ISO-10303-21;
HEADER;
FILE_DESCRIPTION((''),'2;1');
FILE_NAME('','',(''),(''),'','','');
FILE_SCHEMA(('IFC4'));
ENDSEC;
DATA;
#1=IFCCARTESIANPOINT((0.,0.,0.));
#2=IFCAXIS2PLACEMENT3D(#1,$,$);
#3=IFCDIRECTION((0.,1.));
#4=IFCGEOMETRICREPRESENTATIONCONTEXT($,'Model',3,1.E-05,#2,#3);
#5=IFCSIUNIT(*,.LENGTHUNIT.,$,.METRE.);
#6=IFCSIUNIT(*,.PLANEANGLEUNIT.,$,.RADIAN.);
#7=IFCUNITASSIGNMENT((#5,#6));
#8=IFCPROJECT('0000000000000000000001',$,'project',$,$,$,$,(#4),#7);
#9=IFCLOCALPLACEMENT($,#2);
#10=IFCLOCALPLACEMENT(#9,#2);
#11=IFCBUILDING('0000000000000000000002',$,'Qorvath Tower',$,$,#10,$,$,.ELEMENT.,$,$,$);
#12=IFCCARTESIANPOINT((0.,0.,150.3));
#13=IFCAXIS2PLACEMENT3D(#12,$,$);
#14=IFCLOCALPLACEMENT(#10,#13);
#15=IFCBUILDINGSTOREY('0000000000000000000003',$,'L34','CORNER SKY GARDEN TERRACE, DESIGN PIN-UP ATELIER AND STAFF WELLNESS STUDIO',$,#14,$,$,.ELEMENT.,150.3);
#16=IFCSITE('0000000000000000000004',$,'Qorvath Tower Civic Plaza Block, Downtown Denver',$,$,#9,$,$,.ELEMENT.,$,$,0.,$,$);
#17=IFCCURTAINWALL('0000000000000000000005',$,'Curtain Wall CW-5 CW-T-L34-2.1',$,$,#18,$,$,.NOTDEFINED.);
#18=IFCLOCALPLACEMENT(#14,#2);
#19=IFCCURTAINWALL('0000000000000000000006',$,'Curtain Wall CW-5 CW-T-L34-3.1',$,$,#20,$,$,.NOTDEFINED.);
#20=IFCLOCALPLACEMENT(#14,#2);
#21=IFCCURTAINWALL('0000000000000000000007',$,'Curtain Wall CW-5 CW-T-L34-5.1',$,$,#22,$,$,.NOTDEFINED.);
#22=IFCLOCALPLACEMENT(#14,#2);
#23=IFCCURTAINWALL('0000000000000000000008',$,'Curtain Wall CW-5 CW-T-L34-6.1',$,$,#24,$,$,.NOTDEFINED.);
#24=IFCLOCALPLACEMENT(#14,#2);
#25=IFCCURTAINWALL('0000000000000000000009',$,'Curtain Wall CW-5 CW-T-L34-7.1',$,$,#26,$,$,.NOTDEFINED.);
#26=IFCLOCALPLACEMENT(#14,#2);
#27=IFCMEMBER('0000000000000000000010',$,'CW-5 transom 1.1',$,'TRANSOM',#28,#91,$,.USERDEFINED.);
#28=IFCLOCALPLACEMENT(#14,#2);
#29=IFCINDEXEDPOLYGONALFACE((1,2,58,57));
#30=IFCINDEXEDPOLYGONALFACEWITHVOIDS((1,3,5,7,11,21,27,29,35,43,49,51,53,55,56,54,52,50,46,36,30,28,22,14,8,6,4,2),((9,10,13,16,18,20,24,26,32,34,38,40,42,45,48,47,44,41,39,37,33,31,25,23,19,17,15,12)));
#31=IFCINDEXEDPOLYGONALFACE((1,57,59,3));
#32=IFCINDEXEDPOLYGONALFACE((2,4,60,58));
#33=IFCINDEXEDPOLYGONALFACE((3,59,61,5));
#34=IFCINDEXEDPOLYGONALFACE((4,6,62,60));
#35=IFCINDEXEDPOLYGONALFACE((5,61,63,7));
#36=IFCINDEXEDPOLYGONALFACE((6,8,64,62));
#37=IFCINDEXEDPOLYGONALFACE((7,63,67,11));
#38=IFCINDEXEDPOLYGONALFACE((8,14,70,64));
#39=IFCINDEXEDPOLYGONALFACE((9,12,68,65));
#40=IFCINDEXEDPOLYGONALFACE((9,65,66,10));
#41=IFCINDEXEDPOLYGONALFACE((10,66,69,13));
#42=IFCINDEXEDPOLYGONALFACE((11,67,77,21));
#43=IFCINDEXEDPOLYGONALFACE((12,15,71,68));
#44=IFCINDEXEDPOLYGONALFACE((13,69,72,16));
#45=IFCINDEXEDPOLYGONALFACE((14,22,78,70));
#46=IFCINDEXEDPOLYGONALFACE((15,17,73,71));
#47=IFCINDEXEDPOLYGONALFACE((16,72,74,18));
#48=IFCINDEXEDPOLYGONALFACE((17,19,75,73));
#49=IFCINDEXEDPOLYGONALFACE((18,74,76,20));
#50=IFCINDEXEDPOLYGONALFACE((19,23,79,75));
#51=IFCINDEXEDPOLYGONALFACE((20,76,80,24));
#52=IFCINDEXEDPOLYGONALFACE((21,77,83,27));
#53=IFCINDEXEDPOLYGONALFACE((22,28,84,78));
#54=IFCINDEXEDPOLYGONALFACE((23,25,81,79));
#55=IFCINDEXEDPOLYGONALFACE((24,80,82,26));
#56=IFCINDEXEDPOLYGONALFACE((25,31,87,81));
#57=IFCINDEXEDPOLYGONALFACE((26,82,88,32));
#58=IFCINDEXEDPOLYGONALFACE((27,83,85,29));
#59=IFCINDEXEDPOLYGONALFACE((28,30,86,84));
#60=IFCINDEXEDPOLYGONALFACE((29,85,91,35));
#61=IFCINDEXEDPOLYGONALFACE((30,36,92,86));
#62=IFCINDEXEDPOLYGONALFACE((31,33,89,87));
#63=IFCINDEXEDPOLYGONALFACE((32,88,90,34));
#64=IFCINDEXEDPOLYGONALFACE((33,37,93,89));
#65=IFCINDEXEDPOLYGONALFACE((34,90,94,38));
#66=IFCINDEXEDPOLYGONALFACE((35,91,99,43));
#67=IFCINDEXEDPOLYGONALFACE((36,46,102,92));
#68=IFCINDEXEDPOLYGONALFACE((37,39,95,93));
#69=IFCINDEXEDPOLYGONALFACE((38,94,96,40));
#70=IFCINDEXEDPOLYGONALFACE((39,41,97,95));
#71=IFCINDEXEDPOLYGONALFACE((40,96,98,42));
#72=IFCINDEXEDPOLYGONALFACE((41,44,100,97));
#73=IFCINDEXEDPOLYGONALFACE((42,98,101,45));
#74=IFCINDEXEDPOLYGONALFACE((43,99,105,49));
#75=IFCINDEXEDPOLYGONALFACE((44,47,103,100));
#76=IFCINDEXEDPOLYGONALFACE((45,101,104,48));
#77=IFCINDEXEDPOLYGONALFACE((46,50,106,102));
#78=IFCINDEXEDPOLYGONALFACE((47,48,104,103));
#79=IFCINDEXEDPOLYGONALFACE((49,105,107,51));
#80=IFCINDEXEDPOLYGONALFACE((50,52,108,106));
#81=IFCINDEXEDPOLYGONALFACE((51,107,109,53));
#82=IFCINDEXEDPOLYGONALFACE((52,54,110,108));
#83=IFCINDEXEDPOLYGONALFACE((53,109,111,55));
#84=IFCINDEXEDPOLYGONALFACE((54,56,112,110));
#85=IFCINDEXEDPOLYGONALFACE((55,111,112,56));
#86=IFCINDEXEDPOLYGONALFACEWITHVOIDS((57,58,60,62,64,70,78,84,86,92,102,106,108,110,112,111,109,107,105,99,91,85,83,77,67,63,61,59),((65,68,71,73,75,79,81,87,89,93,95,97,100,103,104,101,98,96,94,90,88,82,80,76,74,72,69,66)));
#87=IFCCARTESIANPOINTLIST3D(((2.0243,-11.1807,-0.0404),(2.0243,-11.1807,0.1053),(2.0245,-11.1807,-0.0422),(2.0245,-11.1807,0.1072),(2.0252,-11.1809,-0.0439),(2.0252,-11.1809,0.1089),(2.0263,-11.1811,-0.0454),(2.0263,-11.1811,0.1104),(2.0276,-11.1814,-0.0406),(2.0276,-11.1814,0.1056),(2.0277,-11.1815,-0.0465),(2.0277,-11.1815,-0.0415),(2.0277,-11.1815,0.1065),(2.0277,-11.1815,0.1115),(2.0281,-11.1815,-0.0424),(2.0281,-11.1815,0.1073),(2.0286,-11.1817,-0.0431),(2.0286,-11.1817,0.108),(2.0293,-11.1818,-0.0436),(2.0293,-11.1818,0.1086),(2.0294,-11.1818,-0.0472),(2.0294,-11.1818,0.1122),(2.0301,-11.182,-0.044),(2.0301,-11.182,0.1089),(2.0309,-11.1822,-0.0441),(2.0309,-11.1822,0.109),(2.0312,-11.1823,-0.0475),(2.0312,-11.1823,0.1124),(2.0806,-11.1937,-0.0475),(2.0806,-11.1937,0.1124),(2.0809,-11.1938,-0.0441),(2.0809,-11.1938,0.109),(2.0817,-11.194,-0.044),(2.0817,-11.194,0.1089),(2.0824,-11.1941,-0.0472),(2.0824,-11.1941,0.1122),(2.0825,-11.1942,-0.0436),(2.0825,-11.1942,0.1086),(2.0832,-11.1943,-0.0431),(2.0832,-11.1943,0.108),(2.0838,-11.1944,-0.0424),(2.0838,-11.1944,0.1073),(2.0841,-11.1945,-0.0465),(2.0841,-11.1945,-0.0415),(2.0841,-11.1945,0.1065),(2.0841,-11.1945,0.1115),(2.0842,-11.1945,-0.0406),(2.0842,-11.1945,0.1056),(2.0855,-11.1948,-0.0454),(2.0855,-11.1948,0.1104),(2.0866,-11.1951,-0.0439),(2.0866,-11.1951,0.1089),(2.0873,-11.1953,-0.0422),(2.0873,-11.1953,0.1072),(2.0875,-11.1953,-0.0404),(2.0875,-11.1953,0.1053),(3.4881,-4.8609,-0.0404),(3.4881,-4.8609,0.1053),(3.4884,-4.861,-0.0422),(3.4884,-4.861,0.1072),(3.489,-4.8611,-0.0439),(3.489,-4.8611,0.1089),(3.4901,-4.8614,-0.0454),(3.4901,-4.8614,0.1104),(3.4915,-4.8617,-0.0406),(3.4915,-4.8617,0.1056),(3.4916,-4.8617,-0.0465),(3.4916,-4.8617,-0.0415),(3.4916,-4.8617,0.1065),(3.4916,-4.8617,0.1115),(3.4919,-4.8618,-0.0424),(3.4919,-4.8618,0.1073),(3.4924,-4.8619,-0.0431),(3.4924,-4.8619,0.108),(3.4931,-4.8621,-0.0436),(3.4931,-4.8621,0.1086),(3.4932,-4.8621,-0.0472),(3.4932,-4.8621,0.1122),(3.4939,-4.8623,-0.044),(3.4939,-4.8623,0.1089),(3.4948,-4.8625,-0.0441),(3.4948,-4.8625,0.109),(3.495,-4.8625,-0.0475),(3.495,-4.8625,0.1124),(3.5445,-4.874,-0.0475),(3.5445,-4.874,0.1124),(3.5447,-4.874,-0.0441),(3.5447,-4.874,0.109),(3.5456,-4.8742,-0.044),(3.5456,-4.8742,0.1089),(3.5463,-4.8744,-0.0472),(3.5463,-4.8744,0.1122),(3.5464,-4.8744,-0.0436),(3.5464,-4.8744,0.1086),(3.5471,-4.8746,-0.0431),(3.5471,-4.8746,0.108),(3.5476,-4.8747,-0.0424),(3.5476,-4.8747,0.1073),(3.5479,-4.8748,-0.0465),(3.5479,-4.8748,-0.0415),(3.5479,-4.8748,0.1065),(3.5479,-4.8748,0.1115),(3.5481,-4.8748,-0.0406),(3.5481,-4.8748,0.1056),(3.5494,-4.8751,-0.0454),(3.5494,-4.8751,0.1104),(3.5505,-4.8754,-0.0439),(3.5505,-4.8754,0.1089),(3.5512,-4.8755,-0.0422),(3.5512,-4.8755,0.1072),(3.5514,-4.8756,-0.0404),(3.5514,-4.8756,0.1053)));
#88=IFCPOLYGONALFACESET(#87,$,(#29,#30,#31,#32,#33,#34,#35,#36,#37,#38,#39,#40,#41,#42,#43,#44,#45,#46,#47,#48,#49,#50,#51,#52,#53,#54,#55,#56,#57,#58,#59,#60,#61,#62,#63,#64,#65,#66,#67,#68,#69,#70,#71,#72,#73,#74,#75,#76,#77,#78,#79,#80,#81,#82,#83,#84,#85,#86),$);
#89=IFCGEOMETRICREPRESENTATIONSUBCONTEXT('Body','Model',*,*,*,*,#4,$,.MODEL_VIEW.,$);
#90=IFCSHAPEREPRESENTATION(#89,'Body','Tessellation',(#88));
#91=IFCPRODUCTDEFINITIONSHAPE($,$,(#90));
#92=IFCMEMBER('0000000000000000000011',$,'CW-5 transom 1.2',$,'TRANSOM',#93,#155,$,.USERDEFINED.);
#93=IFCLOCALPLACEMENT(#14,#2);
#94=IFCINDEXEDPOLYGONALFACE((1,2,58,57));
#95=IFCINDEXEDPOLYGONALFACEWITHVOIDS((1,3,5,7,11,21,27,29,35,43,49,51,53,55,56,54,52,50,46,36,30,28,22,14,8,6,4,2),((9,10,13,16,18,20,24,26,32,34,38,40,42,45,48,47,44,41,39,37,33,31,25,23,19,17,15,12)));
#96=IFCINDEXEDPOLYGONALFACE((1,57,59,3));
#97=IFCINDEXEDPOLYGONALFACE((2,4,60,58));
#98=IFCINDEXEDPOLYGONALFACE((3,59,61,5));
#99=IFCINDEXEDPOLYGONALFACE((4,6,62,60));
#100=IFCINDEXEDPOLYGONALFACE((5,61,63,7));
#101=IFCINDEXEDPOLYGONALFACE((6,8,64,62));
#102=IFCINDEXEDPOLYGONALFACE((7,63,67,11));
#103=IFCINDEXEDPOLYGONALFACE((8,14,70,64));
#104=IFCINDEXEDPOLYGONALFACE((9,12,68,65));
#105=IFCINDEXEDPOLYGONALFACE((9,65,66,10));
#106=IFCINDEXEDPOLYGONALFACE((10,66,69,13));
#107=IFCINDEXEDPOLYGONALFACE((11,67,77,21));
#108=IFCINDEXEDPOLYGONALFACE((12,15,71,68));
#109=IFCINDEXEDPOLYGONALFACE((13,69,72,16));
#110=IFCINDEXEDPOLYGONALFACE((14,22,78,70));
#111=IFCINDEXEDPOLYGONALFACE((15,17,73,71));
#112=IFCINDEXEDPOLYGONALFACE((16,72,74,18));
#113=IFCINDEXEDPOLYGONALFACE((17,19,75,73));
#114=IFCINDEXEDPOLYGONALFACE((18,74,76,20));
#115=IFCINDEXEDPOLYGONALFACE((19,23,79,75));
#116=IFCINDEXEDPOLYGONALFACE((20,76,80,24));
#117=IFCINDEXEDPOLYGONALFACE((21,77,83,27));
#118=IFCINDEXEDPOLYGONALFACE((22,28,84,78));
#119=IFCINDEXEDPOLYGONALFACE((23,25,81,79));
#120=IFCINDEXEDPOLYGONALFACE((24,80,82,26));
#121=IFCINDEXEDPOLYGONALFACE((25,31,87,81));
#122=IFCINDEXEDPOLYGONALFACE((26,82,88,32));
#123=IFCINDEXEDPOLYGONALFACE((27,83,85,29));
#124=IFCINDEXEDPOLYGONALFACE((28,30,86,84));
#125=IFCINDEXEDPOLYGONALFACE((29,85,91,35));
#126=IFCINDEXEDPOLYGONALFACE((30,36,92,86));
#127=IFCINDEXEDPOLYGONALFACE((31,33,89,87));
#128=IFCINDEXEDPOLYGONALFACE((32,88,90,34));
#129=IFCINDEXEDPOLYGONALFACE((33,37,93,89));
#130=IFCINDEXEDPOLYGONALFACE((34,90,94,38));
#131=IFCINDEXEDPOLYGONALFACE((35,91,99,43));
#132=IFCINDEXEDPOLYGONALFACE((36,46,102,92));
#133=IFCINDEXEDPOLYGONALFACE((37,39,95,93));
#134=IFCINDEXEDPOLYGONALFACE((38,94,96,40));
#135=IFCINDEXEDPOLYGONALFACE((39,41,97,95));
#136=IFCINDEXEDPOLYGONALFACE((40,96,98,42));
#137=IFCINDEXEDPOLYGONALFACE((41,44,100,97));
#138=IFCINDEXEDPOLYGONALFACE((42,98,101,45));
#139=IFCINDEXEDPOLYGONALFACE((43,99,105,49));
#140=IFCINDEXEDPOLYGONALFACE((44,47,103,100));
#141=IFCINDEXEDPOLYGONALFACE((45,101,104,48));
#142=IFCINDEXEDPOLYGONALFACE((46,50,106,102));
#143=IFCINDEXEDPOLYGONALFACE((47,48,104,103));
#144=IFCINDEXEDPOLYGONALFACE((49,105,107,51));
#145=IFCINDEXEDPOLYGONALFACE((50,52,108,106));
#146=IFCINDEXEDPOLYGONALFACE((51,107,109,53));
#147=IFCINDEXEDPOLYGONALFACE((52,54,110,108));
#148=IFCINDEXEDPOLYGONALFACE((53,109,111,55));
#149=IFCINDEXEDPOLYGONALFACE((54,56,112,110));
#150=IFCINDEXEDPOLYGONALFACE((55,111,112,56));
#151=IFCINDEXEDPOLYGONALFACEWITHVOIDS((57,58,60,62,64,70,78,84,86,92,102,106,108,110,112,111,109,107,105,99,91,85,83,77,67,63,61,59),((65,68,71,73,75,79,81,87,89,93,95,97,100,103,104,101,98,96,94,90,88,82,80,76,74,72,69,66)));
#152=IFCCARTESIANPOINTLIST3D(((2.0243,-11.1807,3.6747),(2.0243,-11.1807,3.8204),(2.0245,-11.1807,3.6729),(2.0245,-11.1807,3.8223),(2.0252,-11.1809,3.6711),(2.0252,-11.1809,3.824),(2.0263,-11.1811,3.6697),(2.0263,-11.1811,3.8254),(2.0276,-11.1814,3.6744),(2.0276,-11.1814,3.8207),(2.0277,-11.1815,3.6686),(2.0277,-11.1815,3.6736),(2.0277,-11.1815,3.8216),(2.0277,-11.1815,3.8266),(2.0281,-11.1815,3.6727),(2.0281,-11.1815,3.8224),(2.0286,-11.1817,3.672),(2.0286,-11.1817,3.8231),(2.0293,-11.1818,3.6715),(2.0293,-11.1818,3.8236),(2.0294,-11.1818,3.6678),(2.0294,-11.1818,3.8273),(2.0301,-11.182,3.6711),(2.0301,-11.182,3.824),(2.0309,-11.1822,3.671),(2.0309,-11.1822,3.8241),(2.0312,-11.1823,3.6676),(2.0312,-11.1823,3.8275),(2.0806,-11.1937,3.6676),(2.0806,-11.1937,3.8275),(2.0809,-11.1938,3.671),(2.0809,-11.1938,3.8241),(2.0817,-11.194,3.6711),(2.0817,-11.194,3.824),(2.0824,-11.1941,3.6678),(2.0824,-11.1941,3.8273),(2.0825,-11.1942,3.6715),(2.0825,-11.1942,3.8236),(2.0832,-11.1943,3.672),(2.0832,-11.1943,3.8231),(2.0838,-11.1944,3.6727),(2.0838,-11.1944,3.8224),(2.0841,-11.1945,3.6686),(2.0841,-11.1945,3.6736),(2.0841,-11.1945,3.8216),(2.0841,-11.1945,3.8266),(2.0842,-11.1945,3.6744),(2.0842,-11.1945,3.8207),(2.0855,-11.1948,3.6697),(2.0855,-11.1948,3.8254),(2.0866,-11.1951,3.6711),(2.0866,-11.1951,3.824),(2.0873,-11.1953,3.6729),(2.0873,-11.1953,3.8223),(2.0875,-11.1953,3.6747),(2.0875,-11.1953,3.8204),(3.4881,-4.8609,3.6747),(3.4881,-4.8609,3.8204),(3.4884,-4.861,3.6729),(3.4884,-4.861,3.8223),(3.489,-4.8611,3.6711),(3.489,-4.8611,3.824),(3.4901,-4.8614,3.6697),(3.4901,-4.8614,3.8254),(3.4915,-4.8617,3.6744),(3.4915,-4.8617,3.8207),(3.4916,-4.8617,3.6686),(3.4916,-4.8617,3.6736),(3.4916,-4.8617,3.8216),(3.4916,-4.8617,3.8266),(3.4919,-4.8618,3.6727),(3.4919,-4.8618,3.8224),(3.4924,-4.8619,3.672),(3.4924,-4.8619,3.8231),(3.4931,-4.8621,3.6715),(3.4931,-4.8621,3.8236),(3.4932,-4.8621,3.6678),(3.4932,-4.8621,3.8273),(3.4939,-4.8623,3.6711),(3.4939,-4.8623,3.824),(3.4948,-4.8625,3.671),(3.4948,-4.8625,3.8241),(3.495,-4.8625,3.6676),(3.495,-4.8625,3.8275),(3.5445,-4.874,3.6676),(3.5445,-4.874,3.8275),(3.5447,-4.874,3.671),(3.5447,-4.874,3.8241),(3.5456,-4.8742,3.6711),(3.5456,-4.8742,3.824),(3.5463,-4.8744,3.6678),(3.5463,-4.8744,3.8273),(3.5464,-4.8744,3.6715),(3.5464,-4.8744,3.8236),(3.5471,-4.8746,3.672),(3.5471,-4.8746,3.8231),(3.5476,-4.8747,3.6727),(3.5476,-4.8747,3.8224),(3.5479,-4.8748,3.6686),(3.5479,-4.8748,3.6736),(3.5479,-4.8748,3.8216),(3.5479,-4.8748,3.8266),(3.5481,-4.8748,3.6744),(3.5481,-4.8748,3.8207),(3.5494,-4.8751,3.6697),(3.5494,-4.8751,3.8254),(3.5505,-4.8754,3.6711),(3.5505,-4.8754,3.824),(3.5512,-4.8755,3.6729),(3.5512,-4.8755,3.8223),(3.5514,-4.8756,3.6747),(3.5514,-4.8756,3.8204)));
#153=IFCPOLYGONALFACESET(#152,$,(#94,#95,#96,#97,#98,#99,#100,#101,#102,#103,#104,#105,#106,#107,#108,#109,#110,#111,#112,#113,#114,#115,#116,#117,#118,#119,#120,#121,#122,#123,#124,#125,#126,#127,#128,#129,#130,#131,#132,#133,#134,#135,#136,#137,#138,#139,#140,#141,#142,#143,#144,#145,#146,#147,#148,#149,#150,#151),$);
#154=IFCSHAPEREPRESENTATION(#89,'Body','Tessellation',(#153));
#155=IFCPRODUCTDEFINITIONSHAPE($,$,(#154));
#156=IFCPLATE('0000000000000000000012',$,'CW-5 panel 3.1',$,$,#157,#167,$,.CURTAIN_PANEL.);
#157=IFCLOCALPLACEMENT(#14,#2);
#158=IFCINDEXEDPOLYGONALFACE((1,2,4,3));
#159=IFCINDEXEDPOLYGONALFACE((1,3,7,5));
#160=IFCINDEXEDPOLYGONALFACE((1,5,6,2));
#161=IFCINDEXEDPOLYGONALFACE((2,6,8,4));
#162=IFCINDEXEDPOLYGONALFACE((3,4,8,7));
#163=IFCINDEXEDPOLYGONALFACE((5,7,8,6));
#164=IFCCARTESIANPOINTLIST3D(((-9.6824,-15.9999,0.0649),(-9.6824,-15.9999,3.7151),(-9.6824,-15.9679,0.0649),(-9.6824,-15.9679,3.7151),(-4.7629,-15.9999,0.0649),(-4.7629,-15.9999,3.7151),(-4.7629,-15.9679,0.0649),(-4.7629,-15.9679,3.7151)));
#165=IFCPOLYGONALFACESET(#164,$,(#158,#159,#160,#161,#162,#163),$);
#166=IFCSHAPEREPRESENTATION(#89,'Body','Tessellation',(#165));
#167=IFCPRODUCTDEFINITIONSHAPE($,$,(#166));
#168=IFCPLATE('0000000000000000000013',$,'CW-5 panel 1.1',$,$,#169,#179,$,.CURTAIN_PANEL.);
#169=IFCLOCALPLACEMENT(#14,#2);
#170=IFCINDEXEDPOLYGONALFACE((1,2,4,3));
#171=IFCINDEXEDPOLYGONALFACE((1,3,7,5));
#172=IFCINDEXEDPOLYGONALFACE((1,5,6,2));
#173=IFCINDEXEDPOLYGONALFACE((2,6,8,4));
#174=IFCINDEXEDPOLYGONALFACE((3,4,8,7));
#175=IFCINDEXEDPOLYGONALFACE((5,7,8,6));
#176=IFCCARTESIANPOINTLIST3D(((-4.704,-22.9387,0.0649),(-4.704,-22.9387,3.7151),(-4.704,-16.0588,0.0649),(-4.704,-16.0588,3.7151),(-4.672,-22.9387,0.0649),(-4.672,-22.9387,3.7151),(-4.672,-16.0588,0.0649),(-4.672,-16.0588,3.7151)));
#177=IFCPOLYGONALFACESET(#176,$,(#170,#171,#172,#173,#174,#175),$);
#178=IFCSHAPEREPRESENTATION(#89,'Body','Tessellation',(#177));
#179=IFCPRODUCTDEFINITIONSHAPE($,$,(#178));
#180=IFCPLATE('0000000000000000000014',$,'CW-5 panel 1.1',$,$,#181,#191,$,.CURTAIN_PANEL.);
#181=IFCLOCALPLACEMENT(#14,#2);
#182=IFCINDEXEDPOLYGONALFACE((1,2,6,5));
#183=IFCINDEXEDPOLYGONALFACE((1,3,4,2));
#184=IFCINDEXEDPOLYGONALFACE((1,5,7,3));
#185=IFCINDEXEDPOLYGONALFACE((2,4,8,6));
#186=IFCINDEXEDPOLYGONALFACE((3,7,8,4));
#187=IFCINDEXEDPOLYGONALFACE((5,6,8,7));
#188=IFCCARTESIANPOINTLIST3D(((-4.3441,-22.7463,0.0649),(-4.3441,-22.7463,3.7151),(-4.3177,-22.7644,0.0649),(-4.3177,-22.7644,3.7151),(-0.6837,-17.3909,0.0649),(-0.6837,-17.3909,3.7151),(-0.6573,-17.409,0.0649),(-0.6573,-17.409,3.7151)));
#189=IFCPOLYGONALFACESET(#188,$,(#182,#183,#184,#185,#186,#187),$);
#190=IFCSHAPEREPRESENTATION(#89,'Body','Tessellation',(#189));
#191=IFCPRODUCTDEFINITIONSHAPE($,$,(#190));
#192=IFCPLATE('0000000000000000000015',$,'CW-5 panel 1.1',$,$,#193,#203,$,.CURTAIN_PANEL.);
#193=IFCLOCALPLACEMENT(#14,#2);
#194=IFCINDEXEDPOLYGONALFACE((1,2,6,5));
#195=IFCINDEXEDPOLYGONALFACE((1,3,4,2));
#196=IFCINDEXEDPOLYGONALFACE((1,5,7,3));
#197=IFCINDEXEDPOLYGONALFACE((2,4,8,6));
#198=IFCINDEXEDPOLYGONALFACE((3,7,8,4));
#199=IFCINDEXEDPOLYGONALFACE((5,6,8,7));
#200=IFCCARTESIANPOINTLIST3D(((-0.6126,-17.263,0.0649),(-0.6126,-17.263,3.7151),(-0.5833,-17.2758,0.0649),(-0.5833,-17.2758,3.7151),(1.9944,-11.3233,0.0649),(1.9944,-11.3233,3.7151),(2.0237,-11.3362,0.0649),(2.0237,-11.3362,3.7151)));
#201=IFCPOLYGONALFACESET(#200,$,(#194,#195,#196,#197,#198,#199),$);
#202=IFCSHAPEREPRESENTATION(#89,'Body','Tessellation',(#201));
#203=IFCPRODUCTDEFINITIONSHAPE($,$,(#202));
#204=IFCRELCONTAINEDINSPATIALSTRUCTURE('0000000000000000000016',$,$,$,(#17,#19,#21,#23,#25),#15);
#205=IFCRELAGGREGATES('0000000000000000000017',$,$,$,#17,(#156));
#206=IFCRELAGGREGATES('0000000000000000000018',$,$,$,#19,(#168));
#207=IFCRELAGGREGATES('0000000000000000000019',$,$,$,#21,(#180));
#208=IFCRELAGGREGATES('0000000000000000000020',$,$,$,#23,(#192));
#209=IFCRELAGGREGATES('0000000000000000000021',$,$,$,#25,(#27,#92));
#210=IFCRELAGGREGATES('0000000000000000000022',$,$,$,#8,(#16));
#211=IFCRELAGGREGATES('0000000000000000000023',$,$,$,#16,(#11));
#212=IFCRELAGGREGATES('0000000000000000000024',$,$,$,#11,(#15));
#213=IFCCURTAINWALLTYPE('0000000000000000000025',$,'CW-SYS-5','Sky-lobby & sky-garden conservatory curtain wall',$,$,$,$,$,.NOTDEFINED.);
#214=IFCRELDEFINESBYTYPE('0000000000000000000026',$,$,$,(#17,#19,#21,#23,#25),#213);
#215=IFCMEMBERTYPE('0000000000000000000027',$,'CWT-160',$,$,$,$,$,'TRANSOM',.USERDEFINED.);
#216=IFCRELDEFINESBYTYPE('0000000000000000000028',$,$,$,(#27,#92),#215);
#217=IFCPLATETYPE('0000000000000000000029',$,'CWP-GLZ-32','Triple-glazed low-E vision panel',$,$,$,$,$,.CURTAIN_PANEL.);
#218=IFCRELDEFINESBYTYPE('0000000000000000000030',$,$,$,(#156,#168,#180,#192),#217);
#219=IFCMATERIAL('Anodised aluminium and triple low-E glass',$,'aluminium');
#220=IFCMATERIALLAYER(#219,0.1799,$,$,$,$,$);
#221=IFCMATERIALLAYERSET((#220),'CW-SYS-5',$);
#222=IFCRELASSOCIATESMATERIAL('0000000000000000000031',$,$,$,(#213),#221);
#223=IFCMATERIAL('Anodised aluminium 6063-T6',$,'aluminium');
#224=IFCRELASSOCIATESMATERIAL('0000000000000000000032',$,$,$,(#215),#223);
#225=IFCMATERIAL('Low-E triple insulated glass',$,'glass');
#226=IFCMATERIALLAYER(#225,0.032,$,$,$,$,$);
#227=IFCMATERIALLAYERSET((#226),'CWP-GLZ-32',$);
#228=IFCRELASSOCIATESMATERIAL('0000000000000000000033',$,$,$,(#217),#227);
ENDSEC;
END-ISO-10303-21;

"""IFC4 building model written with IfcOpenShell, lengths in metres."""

from ifc_helpers import new_model, si_unit, direction, frame, origin, origin_2d, place, context, subcontext, project, spatial, rectangle, hollow_rectangle, extrude, material, layer, layer_set, material_profile, profile_set, type_object, element, aggregate, save


model = new_model("IFC4")

# Units and contexts
model_context = context("Model", 3, precision=1e-05, world=origin(), true_north=direction((0.0, 1.0)))
body_context = subcontext(model_context, "Body", "Model", "MODEL_VIEW")
ifc_project = project(units=[si_unit("LENGTHUNIT", "METRE"), si_unit("PLANEANGLEUNIT", "RADIAN")], contexts=[model_context])

# Site, building, storey
site_placement = place(None, origin())
site = spatial("IfcSite", under=ifc_project, at=site_placement, Name="Qorvath Tower Civic Plaza Block, Downtown Denver", CompositionType="ELEMENT", RefElevation=0.0)
building_placement = place(site_placement, origin())
building = spatial("IfcBuilding", under=site, at=building_placement, Name="Qorvath Tower", CompositionType="ELEMENT")
storey_placement = place(building_placement, frame((0.0, 0.0, 150.3)))
storey = spatial("IfcBuildingStorey", under=building, at=storey_placement, Name="L34", Description="CORNER SKY GARDEN TERRACE, DESIGN PIN-UP ATELIER AND STAFF WELLNESS STUDIO", CompositionType="ELEMENT", Elevation=150.3)

# Curtain wall
ifc_material_1 = material(Name="Anodised aluminium and triple low-E glass", Category="aluminium")
ifc_layer_1 = layer(ifc_material_1, 0.1799)
ifc_layer_set_1 = layer_set([ifc_layer_1], Name="CW-SYS-5")
curtain_wall_type = type_object("IfcCurtainWallType", Name="CW-SYS-5", Description="Sky-lobby & sky-garden conservatory curtain wall", PredefinedType="NOTDEFINED", material=ifc_layer_set_1)
curtain_wall_1_placement = place(storey_placement, origin())
curtain_wall_1 = element("IfcCurtainWall", 1, at=curtain_wall_1_placement, inside=storey, type_object=curtain_wall_type, Name="Curtain Wall CW-5 CW-T-L34-2.1", PredefinedType="NOTDEFINED")

# Curtain walls
curtain_wall_2_placement = place(storey_placement, origin())
curtain_wall_2 = element("IfcCurtainWall", 2, at=curtain_wall_2_placement, inside=storey, type_object=curtain_wall_type, Name="Curtain Wall CW-5 CW-T-L34-3.1", PredefinedType="NOTDEFINED")
curtain_wall_3_placement = place(storey_placement, origin())
curtain_wall_3 = element("IfcCurtainWall", 3, at=curtain_wall_3_placement, inside=storey, type_object=curtain_wall_type, Name="Curtain Wall CW-5 CW-T-L34-5.1", PredefinedType="NOTDEFINED")
curtain_wall_4_placement = place(storey_placement, origin())
curtain_wall_4 = element("IfcCurtainWall", 4, at=curtain_wall_4_placement, inside=storey, type_object=curtain_wall_type, Name="Curtain Wall CW-5 CW-T-L34-6.1", PredefinedType="NOTDEFINED")

# Curtain wall
curtain_wall_5_placement = place(storey_placement, origin())
curtain_wall_5 = element("IfcCurtainWall", 5, at=curtain_wall_5_placement, inside=storey, type_object=curtain_wall_type, Name="Curtain Wall CW-5 CW-T-L34-7.1", PredefinedType="NOTDEFINED")

# Members
ifc_material_2 = material(Name="Anodised aluminium 6063-T6", Category="aluminium")
ifc_material_profile_1 = material_profile(ifc_material_2, hollow_rectangle(XDim=0.0649, YDim=0.1599, WallThickness=0.0034, InnerFilletRadius=0.0034, OuterFilletRadius=0.0071, at=origin_2d()), Name="CWT 160x65")
ifc_profile_set_1 = profile_set([ifc_material_profile_1], Name="Anodised aluminium 6063-T6")
member_type_1 = type_object("IfcMemberType", Name="CWT-160", ElementType="TRANSOM", PredefinedType="USERDEFINED", material=ifc_profile_set_1)
member_1_placement = place(storey_placement, frame((2.0559, -11.188, 0.0325), z_axis=(0.225657, 0.974207, 0.0), x_axis=(-0.974207, 0.225657, 0.0)))
member_1 = element("IfcMember", 6, at=member_1_placement, type_object=member_type_1, Name="CW-5 transom 1.1", ObjectType="TRANSOM", PredefinedType="USERDEFINED", context=body_context, shape_type="SweptSolid", body=[
    extrude(hollow_rectangle(XDim=0.0649, YDim=0.1599, WallThickness=0.0034, InnerFilletRadius=0.0034, OuterFilletRadius=0.0071, at=origin_2d()), origin(), (0.0, 0.0, 1.0), 6.4871),
])
member_2_placement = place(storey_placement, frame((2.0559, -11.188, 3.7476), z_axis=(0.225657, 0.974207, 0.0), x_axis=(-0.974207, 0.225657, 0.0)))
member_2 = element("IfcMember", 7, at=member_2_placement, type_object=member_type_1, Name="CW-5 transom 1.2", ObjectType="TRANSOM", PredefinedType="USERDEFINED", context=body_context, shape_type="SweptSolid", body=[
    extrude(hollow_rectangle(XDim=0.0649, YDim=0.1599, WallThickness=0.0034, InnerFilletRadius=0.0034, OuterFilletRadius=0.0071, at=origin_2d()), origin(), (0.0, 0.0, 1.0), 6.4871),
])

# Plates
ifc_material_3 = material(Name="Low-E triple insulated glass", Category="glass")
ifc_layer_2 = layer(ifc_material_3, 0.032)
ifc_layer_set_2 = layer_set([ifc_layer_2], Name="CWP-GLZ-32")
plate_type = type_object("IfcPlateType", Name="CWP-GLZ-32", Description="Triple-glazed low-E vision panel", PredefinedType="CURTAIN_PANEL", material=ifc_layer_set_2)
plate_1_placement = place(storey_placement, frame((-7.2227, -15.9839, 0.0649), z_axis=(0.0, 0.0, 1.0), x_axis=(1.0, 0.0, 0.0)))
plate_1 = element("IfcPlate", 8, at=plate_1_placement, type_object=plate_type, Name="CW-5 panel 3.1", PredefinedType="CURTAIN_PANEL", context=body_context, shape_type="SweptSolid", body=[
    extrude(rectangle(XDim=4.9194, YDim=0.032, at=origin_2d()), origin(), (0.0, 0.0, 1.0), 3.6501),
])
aggregate(curtain_wall_1, [plate_1])
plate_2_placement = place(storey_placement, frame((-4.688, -19.4988, 0.0649), z_axis=(0.0, 0.0, 1.0), x_axis=(0.0, -1.0, 0.0)))
plate_2 = element("IfcPlate", 9, at=plate_2_placement, type_object=plate_type, Name="CW-5 panel 1.1", PredefinedType="CURTAIN_PANEL", context=body_context, shape_type="SweptSolid", body=[
    extrude(rectangle(XDim=6.8799, YDim=0.032, at=origin_2d()), origin(), (0.0, 0.0, 1.0), 3.6501),
])
aggregate(curtain_wall_2, [plate_2])
plate_3_placement = place(storey_placement, frame((-2.5007, -20.0776, 0.0649), z_axis=(0.0, 0.0, 1.0), x_axis=(0.564284, 0.825581, 0.0)))
plate_3 = element("IfcPlate", 10, at=plate_3_placement, type_object=plate_type, Name="CW-5 panel 1.1", PredefinedType="CURTAIN_PANEL", context=body_context, shape_type="SweptSolid", body=[
    extrude(rectangle(XDim=6.4868, YDim=0.032, at=origin_2d()), origin(), (0.0, 0.0, 1.0), 3.6501),
])
aggregate(curtain_wall_3, [plate_3])
plate_4_placement = place(storey_placement, frame((0.7056, -14.2996, 0.0649), z_axis=(0.0, 0.0, 1.0), x_axis=(0.401902, 0.915683, 0.0)))
plate_4 = element("IfcPlate", 11, at=plate_4_placement, type_object=plate_type, Name="CW-5 panel 1.1", PredefinedType="CURTAIN_PANEL", context=body_context, shape_type="SweptSolid", body=[
    extrude(rectangle(XDim=6.4866, YDim=0.032, at=origin_2d()), origin(), (0.0, 0.0, 1.0), 3.6501),
])
aggregate(curtain_wall_4, [plate_4])
aggregate(curtain_wall_5, [member_1, member_2])

save(model, "model.ifc")
